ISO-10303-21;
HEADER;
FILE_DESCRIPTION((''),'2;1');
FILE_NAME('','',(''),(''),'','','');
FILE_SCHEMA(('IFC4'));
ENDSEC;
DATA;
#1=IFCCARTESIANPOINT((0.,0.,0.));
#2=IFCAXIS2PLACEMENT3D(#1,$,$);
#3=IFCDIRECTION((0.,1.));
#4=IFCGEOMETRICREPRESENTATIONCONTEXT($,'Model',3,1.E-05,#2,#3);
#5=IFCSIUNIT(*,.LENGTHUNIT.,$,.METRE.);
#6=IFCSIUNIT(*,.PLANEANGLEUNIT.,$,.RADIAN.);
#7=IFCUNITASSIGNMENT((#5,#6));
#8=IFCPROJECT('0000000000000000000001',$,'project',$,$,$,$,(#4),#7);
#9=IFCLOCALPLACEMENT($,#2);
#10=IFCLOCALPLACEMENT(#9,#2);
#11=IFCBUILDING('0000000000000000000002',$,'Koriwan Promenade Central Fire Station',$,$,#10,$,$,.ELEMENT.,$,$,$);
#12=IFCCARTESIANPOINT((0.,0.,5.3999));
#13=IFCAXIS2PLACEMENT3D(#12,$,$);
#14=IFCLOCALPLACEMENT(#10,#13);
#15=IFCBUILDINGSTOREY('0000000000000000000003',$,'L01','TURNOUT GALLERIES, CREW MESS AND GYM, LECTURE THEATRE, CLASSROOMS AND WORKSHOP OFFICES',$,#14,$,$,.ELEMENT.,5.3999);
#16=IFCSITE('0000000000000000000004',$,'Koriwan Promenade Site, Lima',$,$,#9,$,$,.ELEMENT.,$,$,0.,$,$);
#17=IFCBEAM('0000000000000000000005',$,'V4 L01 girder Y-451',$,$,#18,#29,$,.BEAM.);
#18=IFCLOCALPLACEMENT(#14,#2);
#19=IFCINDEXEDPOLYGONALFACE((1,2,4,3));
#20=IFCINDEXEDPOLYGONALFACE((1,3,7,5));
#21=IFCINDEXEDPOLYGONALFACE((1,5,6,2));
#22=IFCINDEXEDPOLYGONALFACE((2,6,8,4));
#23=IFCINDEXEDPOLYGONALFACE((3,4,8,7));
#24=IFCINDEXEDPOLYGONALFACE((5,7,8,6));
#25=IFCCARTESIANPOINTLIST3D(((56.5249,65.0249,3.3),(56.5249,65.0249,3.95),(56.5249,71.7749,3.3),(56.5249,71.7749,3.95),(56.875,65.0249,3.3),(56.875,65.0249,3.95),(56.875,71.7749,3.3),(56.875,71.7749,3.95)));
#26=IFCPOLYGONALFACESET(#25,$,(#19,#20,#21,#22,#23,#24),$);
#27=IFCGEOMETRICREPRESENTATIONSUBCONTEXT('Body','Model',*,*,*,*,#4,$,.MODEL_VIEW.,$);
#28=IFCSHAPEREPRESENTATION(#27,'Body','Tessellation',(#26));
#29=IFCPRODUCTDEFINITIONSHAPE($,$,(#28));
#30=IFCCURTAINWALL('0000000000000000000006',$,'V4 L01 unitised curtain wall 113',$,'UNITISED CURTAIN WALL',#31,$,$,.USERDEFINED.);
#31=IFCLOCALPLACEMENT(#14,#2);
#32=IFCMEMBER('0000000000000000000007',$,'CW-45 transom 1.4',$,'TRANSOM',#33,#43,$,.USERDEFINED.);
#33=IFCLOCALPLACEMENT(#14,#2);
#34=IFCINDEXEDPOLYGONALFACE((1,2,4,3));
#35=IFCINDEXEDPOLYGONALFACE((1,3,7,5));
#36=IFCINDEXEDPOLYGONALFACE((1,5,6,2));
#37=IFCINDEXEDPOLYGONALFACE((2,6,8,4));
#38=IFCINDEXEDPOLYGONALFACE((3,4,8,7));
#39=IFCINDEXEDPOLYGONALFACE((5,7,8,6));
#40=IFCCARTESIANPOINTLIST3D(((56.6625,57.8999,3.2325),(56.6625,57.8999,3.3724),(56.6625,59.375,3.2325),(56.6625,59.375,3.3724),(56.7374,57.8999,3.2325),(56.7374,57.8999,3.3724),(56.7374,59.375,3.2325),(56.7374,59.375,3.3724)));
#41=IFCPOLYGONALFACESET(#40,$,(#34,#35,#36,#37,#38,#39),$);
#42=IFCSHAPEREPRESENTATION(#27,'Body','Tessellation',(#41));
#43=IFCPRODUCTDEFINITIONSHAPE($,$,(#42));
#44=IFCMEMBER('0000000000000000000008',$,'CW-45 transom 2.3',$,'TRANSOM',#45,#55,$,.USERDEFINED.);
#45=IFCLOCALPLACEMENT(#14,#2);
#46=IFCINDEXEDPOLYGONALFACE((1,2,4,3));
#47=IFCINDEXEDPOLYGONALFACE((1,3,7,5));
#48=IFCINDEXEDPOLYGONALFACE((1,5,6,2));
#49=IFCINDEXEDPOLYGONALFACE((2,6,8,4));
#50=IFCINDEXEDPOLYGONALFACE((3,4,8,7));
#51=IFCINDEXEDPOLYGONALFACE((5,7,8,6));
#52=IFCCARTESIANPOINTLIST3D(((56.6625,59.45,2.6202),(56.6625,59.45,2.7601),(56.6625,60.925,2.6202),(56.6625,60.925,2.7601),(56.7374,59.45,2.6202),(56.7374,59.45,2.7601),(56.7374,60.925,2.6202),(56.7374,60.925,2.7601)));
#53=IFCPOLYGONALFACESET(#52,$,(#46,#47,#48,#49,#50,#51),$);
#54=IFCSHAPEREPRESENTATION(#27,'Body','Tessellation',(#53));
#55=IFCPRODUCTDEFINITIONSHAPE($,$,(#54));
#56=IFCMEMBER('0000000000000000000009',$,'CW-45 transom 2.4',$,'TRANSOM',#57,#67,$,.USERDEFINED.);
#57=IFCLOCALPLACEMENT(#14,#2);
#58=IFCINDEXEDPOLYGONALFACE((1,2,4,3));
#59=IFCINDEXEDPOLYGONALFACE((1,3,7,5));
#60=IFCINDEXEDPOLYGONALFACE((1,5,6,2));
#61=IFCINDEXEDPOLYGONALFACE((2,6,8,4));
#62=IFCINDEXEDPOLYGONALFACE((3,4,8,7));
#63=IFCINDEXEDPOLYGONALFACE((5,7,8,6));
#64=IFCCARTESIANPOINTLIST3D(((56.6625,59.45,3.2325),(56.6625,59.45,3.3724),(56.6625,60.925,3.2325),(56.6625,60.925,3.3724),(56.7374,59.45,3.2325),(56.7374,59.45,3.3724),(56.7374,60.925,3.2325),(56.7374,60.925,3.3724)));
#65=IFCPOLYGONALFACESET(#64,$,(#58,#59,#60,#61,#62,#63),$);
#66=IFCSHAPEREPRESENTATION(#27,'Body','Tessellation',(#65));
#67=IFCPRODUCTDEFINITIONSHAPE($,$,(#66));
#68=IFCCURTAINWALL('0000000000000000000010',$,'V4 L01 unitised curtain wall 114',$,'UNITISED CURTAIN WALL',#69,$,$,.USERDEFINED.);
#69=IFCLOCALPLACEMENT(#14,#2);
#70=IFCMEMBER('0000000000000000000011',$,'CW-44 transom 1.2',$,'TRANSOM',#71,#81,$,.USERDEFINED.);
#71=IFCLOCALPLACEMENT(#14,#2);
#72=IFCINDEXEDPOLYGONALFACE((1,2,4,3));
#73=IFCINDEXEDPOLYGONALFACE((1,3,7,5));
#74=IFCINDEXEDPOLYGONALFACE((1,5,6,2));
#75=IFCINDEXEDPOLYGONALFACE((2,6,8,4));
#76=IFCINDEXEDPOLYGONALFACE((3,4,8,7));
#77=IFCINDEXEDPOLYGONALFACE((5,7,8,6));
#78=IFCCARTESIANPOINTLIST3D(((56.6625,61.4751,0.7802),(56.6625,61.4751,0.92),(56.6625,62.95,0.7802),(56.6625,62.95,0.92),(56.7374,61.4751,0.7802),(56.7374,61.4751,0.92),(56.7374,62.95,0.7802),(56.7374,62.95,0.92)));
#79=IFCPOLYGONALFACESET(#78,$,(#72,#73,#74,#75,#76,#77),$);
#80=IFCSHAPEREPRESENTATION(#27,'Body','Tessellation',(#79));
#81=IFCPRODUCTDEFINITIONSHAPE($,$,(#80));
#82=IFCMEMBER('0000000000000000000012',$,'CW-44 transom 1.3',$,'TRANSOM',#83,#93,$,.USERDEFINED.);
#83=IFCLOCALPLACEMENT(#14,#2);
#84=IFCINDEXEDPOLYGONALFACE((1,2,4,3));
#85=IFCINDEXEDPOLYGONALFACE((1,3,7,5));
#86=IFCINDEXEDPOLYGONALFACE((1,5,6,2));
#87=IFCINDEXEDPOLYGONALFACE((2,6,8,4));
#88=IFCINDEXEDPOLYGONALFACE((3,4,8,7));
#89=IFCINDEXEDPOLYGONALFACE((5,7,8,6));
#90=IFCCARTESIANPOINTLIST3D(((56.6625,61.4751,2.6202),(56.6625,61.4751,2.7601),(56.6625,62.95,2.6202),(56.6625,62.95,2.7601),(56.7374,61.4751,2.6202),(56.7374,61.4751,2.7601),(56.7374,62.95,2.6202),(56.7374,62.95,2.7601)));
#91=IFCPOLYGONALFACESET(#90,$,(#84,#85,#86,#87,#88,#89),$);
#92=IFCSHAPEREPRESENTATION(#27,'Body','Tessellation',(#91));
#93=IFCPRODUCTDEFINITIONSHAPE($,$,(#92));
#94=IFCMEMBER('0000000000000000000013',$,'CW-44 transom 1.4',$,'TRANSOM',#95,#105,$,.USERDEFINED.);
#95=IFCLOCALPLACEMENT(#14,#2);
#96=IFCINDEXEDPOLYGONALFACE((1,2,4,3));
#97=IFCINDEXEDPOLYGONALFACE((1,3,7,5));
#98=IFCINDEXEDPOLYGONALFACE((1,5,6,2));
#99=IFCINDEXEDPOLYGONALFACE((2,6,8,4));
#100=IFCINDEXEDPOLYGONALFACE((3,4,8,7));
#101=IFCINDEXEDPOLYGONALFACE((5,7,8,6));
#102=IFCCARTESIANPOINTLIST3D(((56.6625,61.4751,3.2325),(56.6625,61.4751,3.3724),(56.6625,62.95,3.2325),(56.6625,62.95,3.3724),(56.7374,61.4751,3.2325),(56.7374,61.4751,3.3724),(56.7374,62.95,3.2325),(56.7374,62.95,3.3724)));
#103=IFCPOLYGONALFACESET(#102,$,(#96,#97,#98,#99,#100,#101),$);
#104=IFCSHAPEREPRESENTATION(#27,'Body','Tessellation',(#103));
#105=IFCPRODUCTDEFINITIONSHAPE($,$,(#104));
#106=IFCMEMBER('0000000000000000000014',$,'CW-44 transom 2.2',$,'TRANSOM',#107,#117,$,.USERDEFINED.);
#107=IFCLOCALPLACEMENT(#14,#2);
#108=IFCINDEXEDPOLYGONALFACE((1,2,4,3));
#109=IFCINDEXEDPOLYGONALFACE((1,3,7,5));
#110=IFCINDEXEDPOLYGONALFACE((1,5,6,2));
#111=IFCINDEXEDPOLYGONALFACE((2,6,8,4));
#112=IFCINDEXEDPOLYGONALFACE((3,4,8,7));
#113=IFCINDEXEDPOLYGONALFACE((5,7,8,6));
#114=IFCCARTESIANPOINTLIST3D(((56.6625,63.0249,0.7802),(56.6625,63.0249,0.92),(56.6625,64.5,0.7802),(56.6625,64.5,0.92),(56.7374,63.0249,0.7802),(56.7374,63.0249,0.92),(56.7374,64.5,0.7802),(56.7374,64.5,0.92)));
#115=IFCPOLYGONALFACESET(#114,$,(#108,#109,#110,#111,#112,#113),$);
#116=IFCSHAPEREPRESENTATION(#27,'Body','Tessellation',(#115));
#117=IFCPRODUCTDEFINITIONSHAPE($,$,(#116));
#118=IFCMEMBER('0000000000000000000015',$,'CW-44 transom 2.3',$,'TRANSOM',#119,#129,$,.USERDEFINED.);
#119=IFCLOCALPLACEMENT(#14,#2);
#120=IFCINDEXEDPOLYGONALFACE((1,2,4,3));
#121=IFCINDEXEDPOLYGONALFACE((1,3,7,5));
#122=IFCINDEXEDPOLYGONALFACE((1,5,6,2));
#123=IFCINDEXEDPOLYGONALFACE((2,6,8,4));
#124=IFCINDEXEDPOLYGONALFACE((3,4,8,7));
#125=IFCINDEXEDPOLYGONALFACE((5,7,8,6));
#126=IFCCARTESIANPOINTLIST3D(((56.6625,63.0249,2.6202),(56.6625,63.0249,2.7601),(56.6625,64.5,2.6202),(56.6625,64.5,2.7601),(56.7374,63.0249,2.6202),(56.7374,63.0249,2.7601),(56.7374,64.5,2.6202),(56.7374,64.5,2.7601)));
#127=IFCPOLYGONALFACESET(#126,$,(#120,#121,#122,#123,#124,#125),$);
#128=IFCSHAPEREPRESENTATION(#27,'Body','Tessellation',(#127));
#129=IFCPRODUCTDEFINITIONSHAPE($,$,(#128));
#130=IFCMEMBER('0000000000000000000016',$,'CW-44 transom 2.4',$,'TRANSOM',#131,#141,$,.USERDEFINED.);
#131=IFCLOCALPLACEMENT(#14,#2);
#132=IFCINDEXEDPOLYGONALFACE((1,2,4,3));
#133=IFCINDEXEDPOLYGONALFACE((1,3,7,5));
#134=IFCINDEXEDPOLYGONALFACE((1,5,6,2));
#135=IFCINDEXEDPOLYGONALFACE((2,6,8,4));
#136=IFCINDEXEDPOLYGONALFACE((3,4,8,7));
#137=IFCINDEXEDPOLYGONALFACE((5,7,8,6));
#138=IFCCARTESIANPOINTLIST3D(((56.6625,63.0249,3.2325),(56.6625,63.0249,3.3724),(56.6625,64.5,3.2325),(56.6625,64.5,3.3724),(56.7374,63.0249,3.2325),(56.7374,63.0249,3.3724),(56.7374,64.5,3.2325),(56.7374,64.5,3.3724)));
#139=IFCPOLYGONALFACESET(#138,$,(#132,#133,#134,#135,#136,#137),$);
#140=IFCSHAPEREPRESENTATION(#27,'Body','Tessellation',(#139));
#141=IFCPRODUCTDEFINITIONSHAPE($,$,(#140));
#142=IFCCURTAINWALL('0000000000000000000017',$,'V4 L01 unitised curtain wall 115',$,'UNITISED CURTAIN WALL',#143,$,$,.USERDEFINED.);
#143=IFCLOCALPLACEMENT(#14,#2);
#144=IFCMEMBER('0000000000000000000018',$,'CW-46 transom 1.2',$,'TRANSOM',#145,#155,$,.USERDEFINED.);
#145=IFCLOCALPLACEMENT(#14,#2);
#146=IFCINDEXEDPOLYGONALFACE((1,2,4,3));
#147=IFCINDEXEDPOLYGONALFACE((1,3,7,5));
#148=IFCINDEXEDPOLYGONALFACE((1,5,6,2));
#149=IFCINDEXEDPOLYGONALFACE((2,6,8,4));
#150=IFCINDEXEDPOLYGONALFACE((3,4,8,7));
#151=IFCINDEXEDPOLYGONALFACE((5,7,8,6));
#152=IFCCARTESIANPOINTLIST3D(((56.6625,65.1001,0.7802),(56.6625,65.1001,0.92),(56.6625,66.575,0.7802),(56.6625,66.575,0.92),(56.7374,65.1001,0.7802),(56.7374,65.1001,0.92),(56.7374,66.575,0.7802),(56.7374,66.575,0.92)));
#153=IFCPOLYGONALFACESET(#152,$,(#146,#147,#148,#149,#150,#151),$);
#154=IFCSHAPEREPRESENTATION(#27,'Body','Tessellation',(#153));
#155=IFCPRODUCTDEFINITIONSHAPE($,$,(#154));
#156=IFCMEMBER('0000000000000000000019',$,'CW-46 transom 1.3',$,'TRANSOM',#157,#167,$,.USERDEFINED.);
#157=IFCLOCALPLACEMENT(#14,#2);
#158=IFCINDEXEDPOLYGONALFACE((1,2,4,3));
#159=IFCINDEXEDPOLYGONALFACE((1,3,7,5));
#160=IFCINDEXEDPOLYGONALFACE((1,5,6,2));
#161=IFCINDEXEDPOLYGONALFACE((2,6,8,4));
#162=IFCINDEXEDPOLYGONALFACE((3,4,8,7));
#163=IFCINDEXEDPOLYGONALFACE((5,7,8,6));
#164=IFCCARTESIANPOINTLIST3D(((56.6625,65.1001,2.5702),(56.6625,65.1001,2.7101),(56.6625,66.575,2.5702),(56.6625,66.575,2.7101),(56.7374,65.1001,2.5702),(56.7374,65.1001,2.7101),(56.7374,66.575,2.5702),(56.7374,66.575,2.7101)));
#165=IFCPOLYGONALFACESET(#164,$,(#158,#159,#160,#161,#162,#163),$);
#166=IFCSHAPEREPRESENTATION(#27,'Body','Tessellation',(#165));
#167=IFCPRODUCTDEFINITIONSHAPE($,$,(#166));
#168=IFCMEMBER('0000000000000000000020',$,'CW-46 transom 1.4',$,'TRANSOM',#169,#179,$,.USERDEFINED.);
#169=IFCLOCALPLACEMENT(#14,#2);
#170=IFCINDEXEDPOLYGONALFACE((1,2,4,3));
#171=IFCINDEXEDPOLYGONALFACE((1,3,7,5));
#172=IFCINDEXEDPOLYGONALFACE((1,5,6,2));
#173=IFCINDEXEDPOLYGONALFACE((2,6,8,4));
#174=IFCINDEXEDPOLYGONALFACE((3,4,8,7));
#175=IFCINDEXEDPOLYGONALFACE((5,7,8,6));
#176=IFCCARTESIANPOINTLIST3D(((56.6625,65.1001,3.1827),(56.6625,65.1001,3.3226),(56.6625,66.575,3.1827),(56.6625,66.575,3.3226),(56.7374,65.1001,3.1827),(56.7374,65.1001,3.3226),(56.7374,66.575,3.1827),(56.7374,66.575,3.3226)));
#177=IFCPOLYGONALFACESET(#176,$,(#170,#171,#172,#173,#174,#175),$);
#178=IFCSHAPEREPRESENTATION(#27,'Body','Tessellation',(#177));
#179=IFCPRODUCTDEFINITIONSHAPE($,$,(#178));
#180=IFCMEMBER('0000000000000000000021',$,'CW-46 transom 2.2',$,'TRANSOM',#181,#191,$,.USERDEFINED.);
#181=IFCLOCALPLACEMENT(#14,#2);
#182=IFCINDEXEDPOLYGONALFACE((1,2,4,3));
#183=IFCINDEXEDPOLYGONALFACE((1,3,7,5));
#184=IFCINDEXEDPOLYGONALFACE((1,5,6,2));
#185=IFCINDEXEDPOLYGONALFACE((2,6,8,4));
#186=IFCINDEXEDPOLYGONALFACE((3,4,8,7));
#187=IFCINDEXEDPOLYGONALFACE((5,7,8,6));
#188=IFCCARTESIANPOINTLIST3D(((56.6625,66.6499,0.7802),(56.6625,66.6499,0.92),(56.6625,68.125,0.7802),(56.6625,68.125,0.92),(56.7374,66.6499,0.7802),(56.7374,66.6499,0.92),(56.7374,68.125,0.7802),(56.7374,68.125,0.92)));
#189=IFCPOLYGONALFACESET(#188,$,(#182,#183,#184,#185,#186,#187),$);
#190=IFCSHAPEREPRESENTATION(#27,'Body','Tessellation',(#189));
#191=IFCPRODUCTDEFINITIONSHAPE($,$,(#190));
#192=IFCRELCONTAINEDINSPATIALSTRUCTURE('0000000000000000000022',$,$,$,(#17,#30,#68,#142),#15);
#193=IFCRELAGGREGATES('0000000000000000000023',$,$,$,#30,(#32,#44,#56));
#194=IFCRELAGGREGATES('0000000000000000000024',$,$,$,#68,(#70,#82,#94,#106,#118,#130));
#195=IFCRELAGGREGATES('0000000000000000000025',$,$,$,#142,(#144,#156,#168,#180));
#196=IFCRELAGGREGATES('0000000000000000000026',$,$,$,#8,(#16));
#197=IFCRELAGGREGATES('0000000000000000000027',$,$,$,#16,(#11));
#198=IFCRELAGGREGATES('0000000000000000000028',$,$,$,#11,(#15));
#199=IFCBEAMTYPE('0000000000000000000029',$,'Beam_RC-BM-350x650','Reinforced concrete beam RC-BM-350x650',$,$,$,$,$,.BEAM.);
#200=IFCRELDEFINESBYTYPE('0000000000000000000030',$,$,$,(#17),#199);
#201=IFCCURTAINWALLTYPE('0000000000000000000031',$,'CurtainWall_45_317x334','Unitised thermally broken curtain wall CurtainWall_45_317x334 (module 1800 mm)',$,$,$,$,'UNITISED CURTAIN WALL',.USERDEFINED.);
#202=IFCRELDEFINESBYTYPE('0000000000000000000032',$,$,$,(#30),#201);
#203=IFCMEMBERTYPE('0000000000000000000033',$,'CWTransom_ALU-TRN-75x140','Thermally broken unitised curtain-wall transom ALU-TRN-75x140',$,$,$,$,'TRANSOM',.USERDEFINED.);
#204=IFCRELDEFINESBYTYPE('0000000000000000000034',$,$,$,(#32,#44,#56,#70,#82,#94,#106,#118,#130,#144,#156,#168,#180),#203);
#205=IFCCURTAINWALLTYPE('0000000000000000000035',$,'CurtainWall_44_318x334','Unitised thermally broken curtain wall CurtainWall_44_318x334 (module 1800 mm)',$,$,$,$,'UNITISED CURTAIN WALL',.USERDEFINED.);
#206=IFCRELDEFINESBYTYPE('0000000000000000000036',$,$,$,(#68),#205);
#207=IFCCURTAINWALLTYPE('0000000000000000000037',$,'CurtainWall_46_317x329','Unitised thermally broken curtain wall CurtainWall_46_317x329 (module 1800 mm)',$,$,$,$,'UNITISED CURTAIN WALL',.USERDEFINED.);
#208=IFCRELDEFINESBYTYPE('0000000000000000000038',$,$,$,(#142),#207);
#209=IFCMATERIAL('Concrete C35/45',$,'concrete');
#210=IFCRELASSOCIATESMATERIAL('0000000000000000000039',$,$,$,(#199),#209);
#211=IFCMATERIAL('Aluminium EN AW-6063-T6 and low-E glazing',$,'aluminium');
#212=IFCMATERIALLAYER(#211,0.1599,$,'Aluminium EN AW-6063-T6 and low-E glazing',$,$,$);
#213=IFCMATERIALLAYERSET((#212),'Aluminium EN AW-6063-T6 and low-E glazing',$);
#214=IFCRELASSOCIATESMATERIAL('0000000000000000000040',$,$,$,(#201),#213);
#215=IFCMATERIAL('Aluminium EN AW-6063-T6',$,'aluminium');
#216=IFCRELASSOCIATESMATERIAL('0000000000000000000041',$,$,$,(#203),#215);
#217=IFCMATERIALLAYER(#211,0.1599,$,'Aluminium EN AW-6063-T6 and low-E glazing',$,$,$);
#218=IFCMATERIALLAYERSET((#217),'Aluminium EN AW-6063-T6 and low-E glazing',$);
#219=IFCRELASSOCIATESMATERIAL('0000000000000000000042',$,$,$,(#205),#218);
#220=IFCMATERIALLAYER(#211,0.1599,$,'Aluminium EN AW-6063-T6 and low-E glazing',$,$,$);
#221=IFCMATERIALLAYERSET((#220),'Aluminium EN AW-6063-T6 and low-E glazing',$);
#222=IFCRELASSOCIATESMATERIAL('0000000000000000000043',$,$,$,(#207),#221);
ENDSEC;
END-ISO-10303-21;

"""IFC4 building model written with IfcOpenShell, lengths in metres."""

from ifc_helpers import new_model, si_unit, direction, frame, origin, origin_2d, place, context, subcontext, project, spatial, rectangle, extrude, material, layer, layer_set, material_profile, profile_set, type_object, element, aggregate, save


model = new_model("IFC4")

# Units and contexts
model_context = context("Model", 3, precision=1e-05, world=origin(), true_north=direction((0.0, 1.0)))
body_context = subcontext(model_context, "Body", "Model", "MODEL_VIEW")
ifc_project = project(units=[si_unit("LENGTHUNIT", "METRE"), si_unit("PLANEANGLEUNIT", "RADIAN")], contexts=[model_context])

# Site, building, storey
site_placement = place(None, origin())
site = spatial("IfcSite", under=ifc_project, at=site_placement, Name="Koriwan Promenade Site, Lima", CompositionType="ELEMENT", RefElevation=0.0)
building_placement = place(site_placement, origin())
building = spatial("IfcBuilding", under=site, at=building_placement, Name="Koriwan Promenade Central Fire Station", CompositionType="ELEMENT")
storey_placement = place(building_placement, frame((0.0, 0.0, 5.3999)))
storey = spatial("IfcBuildingStorey", under=building, at=storey_placement, Name="L01", Description="TURNOUT GALLERIES, CREW MESS AND GYM, LECTURE THEATRE, CLASSROOMS AND WORKSHOP OFFICES", CompositionType="ELEMENT", Elevation=5.3999)

# Beam
ifc_material_1 = material(Name="Concrete C35/45", Category="concrete")
ifc_material_profile_1 = material_profile(ifc_material_1, rectangle(XDim=0.3501, YDim=0.6499, at=origin_2d()), Name="RC-BM-350x650")
ifc_profile_set_1 = profile_set([ifc_material_profile_1], Name="Concrete C35/45")
beam_type_1 = type_object("IfcBeamType", Name="Beam_RC-BM-350x650", Description="Reinforced concrete beam RC-BM-350x650", PredefinedType="BEAM", material=ifc_profile_set_1)
beam_1_placement = place(storey_placement, frame((56.7, 65.0249, 3.625), z_axis=(0.0, 1.0, 0.0), x_axis=(-1.0, 0.0, 0.0)))
element("IfcBeam", 1, at=beam_1_placement, inside=storey, type_object=beam_type_1, Name="V4 L01 girder Y-451", PredefinedType="BEAM", context=body_context, shape_type="SweptSolid", body=[
    extrude(rectangle(XDim=0.3501, YDim=0.6499, at=origin_2d()), origin(), (0.0, 0.0, 1.0), 6.75),
])

# Curtain walls, members
ifc_material_2 = material(Name="Aluminium EN AW-6063-T6 and low-E glazing", Category="aluminium")
ifc_layer_1 = layer(ifc_material_2, 0.1599, Name="Aluminium EN AW-6063-T6 and low-E glazing")
ifc_layer_set_1 = layer_set([ifc_layer_1], Name="Aluminium EN AW-6063-T6 and low-E glazing")
curtain_wall_type_1 = type_object("IfcCurtainWallType", Name="CurtainWall_45_317x334", Description="Unitised thermally broken curtain wall CurtainWall_45_317x334 (module 1800 mm)", ElementType="UNITISED CURTAIN WALL", PredefinedType="USERDEFINED", material=ifc_layer_set_1)
curtain_wall_1_placement = place(storey_placement, origin())
curtain_wall_1 = element("IfcCurtainWall", 2, at=curtain_wall_1_placement, inside=storey, type_object=curtain_wall_type_1, Name="V4 L01 unitised curtain wall 113", ObjectType="UNITISED CURTAIN WALL", PredefinedType="USERDEFINED")
ifc_material_3 = material(Name="Aluminium EN AW-6063-T6", Category="aluminium")
ifc_material_profile_2 = material_profile(ifc_material_3, rectangle(XDim=0.075, YDim=0.1399, at=origin_2d()), Name="ALU-TRN-75x140")
ifc_profile_set_2 = profile_set([ifc_material_profile_2], Name="Aluminium EN AW-6063-T6")
member_type_1 = type_object("IfcMemberType", Name="CWTransom_ALU-TRN-75x140", Description="Thermally broken unitised curtain-wall transom ALU-TRN-75x140", ElementType="TRANSOM", PredefinedType="USERDEFINED", material=ifc_profile_set_2)
member_1_placement = place(storey_placement, frame((56.7, 57.8999, 3.3025), z_axis=(0.0, 1.0, 0.0), x_axis=(-1.0, 0.0, 0.0)))
member_1 = element("IfcMember", 3, at=member_1_placement, type_object=member_type_1, Name="CW-45 transom 1.4", ObjectType="TRANSOM", PredefinedType="USERDEFINED", context=body_context, shape_type="SweptSolid", body=[
    extrude(rectangle(XDim=0.075, YDim=0.1399, at=origin_2d()), origin(), (0.0, 0.0, 1.0), 1.4751),
])
member_2_placement = place(storey_placement, frame((56.7, 59.45, 2.6902), z_axis=(0.0, 1.0, 0.0), x_axis=(-1.0, 0.0, 0.0)))
member_2 = element("IfcMember", 4, at=member_2_placement, type_object=member_type_1, Name="CW-45 transom 2.3", ObjectType="TRANSOM", PredefinedType="USERDEFINED", context=body_context, shape_type="SweptSolid", body=[
    extrude(rectangle(XDim=0.075, YDim=0.1399, at=origin_2d()), origin(), (0.0, 0.0, 1.0), 1.4751),
])
member_3_placement = place(storey_placement, frame((56.7, 59.45, 3.3025), z_axis=(0.0, 1.0, 0.0), x_axis=(-1.0, 0.0, 0.0)))
member_3 = element("IfcMember", 5, at=member_3_placement, type_object=member_type_1, Name="CW-45 transom 2.4", ObjectType="TRANSOM", PredefinedType="USERDEFINED", context=body_context, shape_type="SweptSolid", body=[
    extrude(rectangle(XDim=0.075, YDim=0.1399, at=origin_2d()), origin(), (0.0, 0.0, 1.0), 1.4751),
])
ifc_layer_2 = layer(ifc_material_2, 0.1599, Name="Aluminium EN AW-6063-T6 and low-E glazing")
ifc_layer_set_2 = layer_set([ifc_layer_2], Name="Aluminium EN AW-6063-T6 and low-E glazing")
curtain_wall_type_2 = type_object("IfcCurtainWallType", Name="CurtainWall_44_318x334", Description="Unitised thermally broken curtain wall CurtainWall_44_318x334 (module 1800 mm)", ElementType="UNITISED CURTAIN WALL", PredefinedType="USERDEFINED", material=ifc_layer_set_2)
curtain_wall_2_placement = place(storey_placement, origin())
curtain_wall_2 = element("IfcCurtainWall", 6, at=curtain_wall_2_placement, inside=storey, type_object=curtain_wall_type_2, Name="V4 L01 unitised curtain wall 114", ObjectType="UNITISED CURTAIN WALL", PredefinedType="USERDEFINED")
member_4_placement = place(storey_placement, frame((56.7, 61.4751, 0.8501), z_axis=(0.0, 1.0, 0.0), x_axis=(-1.0, 0.0, 0.0)))
member_4 = element("IfcMember", 7, at=member_4_placement, type_object=member_type_1, Name="CW-44 transom 1.2", ObjectType="TRANSOM", PredefinedType="USERDEFINED", context=body_context, shape_type="SweptSolid", body=[
    extrude(rectangle(XDim=0.075, YDim=0.1399, at=origin_2d()), origin(), (0.0, 0.0, 1.0), 1.4749),
])
member_5_placement = place(storey_placement, frame((56.7, 61.4751, 2.6902), z_axis=(0.0, 1.0, 0.0), x_axis=(-1.0, 0.0, 0.0)))
member_5 = element("IfcMember", 8, at=member_5_placement, type_object=member_type_1, Name="CW-44 transom 1.3", ObjectType="TRANSOM", PredefinedType="USERDEFINED", context=body_context, shape_type="SweptSolid", body=[
    extrude(rectangle(XDim=0.075, YDim=0.1399, at=origin_2d()), origin(), (0.0, 0.0, 1.0), 1.4749),
])
member_6_placement = place(storey_placement, frame((56.7, 61.4751, 3.3025), z_axis=(0.0, 1.0, 0.0), x_axis=(-1.0, 0.0, 0.0)))
member_6 = element("IfcMember", 9, at=member_6_placement, type_object=member_type_1, Name="CW-44 transom 1.4", ObjectType="TRANSOM", PredefinedType="USERDEFINED", context=body_context, shape_type="SweptSolid", body=[
    extrude(rectangle(XDim=0.075, YDim=0.1399, at=origin_2d()), origin(), (0.0, 0.0, 1.0), 1.4749),
])
member_7_placement = place(storey_placement, frame((56.7, 63.0249, 0.8501), z_axis=(0.0, 1.0, 0.0), x_axis=(-1.0, 0.0, 0.0)))
member_7 = element("IfcMember", 10, at=member_7_placement, type_object=member_type_1, Name="CW-44 transom 2.2", ObjectType="TRANSOM", PredefinedType="USERDEFINED", context=body_context, shape_type="SweptSolid", body=[
    extrude(rectangle(XDim=0.075, YDim=0.1399, at=origin_2d()), origin(), (0.0, 0.0, 1.0), 1.4751),
])
member_8_placement = place(storey_placement, frame((56.7, 63.0249, 2.6902), z_axis=(0.0, 1.0, 0.0), x_axis=(-1.0, 0.0, 0.0)))
member_8 = element("IfcMember", 11, at=member_8_placement, type_object=member_type_1, Name="CW-44 transom 2.3", ObjectType="TRANSOM", PredefinedType="USERDEFINED", context=body_context, shape_type="SweptSolid", body=[
    extrude(rectangle(XDim=0.075, YDim=0.1399, at=origin_2d()), origin(), (0.0, 0.0, 1.0), 1.4751),
])
member_9_placement = place(storey_placement, frame((56.7, 63.0249, 3.3025), z_axis=(0.0, 1.0, 0.0), x_axis=(-1.0, 0.0, 0.0)))
member_9 = element("IfcMember", 12, at=member_9_placement, type_object=member_type_1, Name="CW-44 transom 2.4", ObjectType="TRANSOM", PredefinedType="USERDEFINED", context=body_context, shape_type="SweptSolid", body=[
    extrude(rectangle(XDim=0.075, YDim=0.1399, at=origin_2d()), origin(), (0.0, 0.0, 1.0), 1.4751),
])
ifc_layer_3 = layer(ifc_material_2, 0.1599, Name="Aluminium EN AW-6063-T6 and low-E glazing")
ifc_layer_set_3 = layer_set([ifc_layer_3], Name="Aluminium EN AW-6063-T6 and low-E glazing")
curtain_wall_type_3 = type_object("IfcCurtainWallType", Name="CurtainWall_46_317x329", Description="Unitised thermally broken curtain wall CurtainWall_46_317x329 (module 1800 mm)", ElementType="UNITISED CURTAIN WALL", PredefinedType="USERDEFINED", material=ifc_layer_set_3)
curtain_wall_3_placement = place(storey_placement, origin())
curtain_wall_3 = element("IfcCurtainWall", 13, at=curtain_wall_3_placement, inside=storey, type_object=curtain_wall_type_3, Name="V4 L01 unitised curtain wall 115", ObjectType="UNITISED CURTAIN WALL", PredefinedType="USERDEFINED")
member_10_placement = place(storey_placement, frame((56.7, 65.1001, 0.8501), z_axis=(0.0, 1.0, 0.0), x_axis=(-1.0, 0.0, 0.0)))
member_10 = element("IfcMember", 14, at=member_10_placement, type_object=member_type_1, Name="CW-46 transom 1.2", ObjectType="TRANSOM", PredefinedType="USERDEFINED", context=body_context, shape_type="SweptSolid", body=[
    extrude(rectangle(XDim=0.075, YDim=0.1399, at=origin_2d()), origin(), (0.0, 0.0, 1.0), 1.4749),
])
member_11_placement = place(storey_placement, frame((56.7, 65.1001, 2.6401), z_axis=(0.0, 1.0, 0.0), x_axis=(-1.0, 0.0, 0.0)))
member_11 = element("IfcMember", 15, at=member_11_placement, type_object=member_type_1, Name="CW-46 transom 1.3", ObjectType="TRANSOM", PredefinedType="USERDEFINED", context=body_context, shape_type="SweptSolid", body=[
    extrude(rectangle(XDim=0.075, YDim=0.1399, at=origin_2d()), origin(), (0.0, 0.0, 1.0), 1.4749),
])
member_12_placement = place(storey_placement, frame((56.7, 65.1001, 3.2527), z_axis=(0.0, 1.0, 0.0), x_axis=(-1.0, 0.0, 0.0)))
member_12 = element("IfcMember", 16, at=member_12_placement, type_object=member_type_1, Name="CW-46 transom 1.4", ObjectType="TRANSOM", PredefinedType="USERDEFINED", context=body_context, shape_type="SweptSolid", body=[
    extrude(rectangle(XDim=0.075, YDim=0.1399, at=origin_2d()), origin(), (0.0, 0.0, 1.0), 1.4749),
])
member_13_placement = place(storey_placement, frame((56.7, 66.6499, 0.8501), z_axis=(0.0, 1.0, 0.0), x_axis=(-1.0, 0.0, 0.0)))
member_13 = element("IfcMember", 17, at=member_13_placement, type_object=member_type_1, Name="CW-46 transom 2.2", ObjectType="TRANSOM", PredefinedType="USERDEFINED", context=body_context, shape_type="SweptSolid", body=[
    extrude(rectangle(XDim=0.075, YDim=0.1399, at=origin_2d()), origin(), (0.0, 0.0, 1.0), 1.4751),
])

aggregate(curtain_wall_1, [member_1, member_2, member_3])
aggregate(curtain_wall_2, [member_4, member_5, member_6, member_7, member_8, member_9])
aggregate(curtain_wall_3, [member_10, member_11, member_12, member_13])

save(model, "model.ifc")
